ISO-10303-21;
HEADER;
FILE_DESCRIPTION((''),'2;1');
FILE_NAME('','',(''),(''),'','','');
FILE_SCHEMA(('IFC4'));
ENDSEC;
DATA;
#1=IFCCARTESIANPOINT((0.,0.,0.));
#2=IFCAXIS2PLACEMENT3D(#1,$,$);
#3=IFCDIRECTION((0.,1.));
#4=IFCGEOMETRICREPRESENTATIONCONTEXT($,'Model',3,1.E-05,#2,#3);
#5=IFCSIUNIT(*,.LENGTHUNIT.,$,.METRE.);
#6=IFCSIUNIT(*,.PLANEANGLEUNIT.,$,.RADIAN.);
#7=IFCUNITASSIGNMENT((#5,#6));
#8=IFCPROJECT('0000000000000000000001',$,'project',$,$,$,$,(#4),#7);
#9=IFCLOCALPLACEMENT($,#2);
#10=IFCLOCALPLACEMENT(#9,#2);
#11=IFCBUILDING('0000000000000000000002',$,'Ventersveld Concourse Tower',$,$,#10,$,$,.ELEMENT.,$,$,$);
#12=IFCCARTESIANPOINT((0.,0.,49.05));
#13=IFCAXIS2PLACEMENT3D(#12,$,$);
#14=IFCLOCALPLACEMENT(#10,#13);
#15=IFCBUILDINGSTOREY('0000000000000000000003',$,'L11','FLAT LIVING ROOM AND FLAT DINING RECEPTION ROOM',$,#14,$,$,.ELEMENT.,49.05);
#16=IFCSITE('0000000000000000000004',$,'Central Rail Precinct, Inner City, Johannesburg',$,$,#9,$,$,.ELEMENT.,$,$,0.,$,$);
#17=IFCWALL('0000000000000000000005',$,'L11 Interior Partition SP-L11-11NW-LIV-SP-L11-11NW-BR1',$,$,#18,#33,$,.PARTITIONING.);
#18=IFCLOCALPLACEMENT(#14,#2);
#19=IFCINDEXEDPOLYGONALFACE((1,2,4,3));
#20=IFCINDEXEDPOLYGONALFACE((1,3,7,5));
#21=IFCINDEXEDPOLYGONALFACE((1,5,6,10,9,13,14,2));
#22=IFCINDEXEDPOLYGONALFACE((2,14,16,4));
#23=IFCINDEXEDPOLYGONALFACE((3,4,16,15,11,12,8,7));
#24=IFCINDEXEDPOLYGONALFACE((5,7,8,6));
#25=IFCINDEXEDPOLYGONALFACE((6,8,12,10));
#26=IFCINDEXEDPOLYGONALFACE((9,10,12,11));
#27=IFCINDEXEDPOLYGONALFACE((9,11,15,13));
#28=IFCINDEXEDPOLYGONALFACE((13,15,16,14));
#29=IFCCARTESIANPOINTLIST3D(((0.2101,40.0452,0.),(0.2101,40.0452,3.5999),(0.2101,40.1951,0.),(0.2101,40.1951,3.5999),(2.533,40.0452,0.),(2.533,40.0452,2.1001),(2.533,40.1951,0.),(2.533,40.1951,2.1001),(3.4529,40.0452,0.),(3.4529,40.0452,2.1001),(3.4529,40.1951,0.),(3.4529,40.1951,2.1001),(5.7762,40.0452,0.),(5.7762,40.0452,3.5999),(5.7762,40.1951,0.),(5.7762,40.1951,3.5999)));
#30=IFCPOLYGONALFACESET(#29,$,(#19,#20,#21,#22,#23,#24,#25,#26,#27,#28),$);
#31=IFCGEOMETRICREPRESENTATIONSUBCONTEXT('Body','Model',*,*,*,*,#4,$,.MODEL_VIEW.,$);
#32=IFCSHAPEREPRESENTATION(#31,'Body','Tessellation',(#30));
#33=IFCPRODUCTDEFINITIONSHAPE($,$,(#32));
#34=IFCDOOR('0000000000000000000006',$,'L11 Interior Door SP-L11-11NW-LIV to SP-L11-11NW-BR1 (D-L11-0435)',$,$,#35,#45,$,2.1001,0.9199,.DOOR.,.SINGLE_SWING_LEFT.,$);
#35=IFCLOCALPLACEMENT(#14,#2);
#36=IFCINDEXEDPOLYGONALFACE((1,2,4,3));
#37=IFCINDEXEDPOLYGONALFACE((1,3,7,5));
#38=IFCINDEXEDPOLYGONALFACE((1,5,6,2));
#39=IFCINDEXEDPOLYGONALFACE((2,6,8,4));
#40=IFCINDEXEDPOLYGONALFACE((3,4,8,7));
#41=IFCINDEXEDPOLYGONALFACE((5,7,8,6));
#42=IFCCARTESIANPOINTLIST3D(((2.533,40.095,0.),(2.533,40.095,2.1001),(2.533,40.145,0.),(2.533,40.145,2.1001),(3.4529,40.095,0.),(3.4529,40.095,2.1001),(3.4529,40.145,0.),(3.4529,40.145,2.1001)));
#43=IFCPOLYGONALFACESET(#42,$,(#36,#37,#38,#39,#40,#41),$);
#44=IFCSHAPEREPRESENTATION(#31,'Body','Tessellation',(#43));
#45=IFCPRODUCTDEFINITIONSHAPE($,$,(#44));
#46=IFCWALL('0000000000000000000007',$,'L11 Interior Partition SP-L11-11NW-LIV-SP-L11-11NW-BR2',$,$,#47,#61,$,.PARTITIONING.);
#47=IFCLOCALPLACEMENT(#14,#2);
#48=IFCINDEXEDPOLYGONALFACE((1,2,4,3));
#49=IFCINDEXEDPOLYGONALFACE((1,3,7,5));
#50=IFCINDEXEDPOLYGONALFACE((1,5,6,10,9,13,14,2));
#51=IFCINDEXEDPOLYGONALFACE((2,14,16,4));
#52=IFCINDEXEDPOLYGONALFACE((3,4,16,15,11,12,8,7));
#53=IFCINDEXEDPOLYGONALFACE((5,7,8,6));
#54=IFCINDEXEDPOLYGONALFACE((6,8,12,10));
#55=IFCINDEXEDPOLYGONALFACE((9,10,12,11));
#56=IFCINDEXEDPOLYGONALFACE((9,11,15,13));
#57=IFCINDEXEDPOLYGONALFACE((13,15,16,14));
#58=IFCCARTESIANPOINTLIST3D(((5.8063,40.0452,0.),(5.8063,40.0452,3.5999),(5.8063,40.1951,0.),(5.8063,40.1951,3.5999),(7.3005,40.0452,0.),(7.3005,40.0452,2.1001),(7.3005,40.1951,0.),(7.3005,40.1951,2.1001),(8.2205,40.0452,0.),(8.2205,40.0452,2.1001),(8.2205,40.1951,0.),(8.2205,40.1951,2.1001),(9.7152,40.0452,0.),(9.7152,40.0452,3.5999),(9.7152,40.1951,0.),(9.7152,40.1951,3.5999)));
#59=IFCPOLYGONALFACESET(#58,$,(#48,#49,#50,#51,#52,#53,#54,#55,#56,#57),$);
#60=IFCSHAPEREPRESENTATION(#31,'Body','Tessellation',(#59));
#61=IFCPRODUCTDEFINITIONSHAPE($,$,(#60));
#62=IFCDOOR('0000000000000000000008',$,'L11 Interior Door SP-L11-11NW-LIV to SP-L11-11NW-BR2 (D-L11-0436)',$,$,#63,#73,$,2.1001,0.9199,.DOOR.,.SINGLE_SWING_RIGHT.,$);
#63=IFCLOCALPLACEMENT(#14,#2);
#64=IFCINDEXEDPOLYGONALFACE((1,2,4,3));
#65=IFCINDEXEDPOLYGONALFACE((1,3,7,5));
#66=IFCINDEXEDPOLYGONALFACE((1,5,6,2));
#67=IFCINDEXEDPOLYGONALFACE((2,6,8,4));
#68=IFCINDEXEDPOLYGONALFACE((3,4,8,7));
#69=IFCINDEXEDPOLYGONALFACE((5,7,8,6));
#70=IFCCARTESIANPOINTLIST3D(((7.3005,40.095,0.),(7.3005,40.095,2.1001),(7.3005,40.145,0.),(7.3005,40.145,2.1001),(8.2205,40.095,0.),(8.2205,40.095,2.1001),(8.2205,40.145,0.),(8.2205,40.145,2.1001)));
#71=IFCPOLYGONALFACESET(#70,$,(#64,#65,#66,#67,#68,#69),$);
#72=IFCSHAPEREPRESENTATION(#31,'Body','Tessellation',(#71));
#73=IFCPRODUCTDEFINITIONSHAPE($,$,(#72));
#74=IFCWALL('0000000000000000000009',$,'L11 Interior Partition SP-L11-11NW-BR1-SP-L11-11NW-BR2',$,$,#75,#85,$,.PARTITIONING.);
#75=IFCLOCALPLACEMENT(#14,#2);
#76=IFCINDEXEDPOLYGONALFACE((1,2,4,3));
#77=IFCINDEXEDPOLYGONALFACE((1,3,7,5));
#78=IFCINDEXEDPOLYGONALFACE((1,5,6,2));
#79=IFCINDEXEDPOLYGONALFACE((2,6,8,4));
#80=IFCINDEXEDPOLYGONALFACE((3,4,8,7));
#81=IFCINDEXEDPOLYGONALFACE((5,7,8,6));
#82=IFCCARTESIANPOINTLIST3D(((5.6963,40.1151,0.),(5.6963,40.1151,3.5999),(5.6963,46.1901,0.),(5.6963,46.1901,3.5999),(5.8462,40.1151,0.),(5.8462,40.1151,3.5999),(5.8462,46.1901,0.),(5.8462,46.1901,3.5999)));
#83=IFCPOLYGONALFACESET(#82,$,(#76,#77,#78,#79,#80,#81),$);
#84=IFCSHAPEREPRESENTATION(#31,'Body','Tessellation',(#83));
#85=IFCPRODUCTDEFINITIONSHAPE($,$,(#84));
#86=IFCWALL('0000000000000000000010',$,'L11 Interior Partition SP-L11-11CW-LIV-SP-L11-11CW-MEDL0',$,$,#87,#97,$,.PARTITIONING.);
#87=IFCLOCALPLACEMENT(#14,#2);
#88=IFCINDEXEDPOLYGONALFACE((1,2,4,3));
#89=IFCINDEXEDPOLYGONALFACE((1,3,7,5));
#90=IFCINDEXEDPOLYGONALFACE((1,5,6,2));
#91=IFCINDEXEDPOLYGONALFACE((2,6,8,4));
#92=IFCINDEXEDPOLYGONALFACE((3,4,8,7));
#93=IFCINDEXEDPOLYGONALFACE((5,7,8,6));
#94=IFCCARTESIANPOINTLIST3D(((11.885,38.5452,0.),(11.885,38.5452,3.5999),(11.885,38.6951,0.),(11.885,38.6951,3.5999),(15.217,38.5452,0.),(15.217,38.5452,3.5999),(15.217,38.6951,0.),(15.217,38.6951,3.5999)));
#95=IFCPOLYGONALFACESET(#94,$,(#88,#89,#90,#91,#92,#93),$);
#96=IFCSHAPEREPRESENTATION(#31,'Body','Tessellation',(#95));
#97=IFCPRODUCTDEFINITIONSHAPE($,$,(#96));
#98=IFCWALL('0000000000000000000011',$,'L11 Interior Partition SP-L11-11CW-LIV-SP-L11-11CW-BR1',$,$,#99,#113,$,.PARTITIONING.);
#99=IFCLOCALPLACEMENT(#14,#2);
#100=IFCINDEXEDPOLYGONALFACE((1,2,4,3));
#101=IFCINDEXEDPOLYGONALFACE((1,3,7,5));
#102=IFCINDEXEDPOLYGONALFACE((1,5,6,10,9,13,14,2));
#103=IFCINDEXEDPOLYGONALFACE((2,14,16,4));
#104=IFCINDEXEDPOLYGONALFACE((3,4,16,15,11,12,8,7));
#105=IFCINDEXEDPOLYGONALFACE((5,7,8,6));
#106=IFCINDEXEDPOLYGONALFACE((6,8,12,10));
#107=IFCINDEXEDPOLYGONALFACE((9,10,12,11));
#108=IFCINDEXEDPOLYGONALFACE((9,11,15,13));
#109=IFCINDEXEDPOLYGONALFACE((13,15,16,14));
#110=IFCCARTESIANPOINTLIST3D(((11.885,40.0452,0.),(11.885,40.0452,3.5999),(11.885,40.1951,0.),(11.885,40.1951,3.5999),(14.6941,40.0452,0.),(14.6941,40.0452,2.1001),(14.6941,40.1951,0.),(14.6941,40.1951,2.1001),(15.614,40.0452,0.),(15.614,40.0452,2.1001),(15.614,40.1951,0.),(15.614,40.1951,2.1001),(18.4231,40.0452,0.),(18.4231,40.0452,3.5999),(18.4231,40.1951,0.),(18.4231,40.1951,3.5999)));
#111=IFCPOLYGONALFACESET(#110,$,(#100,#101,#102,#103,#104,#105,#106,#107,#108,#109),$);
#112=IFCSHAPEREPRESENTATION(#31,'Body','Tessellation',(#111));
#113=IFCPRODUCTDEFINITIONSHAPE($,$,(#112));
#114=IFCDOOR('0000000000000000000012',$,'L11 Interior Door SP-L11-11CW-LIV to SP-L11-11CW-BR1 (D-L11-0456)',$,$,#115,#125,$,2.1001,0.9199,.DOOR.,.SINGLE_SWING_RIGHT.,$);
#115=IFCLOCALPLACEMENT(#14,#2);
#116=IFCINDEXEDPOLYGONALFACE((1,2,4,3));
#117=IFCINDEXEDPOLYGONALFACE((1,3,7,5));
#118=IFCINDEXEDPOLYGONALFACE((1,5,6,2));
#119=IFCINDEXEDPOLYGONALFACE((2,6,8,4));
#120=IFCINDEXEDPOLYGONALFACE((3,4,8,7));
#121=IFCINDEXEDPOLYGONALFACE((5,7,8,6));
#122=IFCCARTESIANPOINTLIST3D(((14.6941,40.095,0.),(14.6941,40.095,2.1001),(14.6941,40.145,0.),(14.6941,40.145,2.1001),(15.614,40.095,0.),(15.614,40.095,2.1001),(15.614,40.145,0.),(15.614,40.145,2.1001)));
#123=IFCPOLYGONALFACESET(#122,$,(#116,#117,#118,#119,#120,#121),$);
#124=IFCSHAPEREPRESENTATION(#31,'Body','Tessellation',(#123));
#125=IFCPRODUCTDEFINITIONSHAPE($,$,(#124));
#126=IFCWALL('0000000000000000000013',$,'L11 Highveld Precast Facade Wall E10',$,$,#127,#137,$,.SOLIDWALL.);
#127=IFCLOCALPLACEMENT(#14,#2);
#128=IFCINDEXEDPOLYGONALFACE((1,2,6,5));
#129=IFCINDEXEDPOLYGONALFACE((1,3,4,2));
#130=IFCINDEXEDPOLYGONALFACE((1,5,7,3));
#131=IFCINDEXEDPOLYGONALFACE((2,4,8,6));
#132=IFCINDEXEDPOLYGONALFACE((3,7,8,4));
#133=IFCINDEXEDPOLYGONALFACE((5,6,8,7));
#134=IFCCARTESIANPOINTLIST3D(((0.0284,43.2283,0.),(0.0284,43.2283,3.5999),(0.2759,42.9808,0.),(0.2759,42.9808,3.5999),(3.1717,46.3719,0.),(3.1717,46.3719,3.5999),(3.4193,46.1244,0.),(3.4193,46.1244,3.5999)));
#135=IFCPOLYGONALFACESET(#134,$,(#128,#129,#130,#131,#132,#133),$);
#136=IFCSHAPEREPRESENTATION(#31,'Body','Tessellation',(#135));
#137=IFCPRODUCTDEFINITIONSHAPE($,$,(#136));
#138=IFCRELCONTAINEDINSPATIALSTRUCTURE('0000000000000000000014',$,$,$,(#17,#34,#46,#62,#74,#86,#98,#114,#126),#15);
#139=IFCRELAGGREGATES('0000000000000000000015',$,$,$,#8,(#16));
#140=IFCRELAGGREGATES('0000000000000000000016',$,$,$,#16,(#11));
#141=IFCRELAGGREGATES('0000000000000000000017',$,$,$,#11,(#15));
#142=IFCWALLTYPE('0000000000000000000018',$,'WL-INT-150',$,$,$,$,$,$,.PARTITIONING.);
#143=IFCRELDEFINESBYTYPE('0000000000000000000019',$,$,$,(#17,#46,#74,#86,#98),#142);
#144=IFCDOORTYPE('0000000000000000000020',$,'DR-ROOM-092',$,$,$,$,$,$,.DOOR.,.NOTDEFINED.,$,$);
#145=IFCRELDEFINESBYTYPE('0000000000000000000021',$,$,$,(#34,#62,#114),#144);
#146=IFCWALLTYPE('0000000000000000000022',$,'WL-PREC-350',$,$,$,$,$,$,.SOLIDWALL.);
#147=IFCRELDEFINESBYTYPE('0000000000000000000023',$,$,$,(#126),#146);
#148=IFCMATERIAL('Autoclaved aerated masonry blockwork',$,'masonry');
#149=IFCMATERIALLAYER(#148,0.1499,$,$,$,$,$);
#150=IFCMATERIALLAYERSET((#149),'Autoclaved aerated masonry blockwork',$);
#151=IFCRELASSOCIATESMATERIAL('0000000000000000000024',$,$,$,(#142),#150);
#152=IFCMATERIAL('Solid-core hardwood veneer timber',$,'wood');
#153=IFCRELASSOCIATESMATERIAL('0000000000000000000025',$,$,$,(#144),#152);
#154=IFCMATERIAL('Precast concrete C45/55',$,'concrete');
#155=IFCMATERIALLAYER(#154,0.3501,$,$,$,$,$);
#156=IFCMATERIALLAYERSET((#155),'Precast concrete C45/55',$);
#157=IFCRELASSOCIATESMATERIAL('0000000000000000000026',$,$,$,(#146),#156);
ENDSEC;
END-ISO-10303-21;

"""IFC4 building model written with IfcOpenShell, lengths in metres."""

from ifc_helpers import new_model, si_unit, direction, frame, frame_2d, origin, place, context, subcontext, project, spatial, rectangle, extrude, material, layer, layer_set, type_object, element, fill, save


model = new_model("IFC4")

# Units and contexts
model_context = context("Model", 3, precision=1e-05, world=origin(), true_north=direction((0.0, 1.0)))
body_context = subcontext(model_context, "Body", "Model", "MODEL_VIEW")
ifc_project = project(units=[si_unit("LENGTHUNIT", "METRE"), si_unit("PLANEANGLEUNIT", "RADIAN")], contexts=[model_context])

# Site, building, storey
site_placement = place(None, origin())
site = spatial("IfcSite", under=ifc_project, at=site_placement, Name="Central Rail Precinct, Inner City, Johannesburg", CompositionType="ELEMENT", RefElevation=0.0)
building_placement = place(site_placement, origin())
building = spatial("IfcBuilding", under=site, at=building_placement, Name="Ventersveld Concourse Tower", CompositionType="ELEMENT")
storey_placement = place(building_placement, frame((0.0, 0.0, 49.05)))
storey = spatial("IfcBuildingStorey", under=building, at=storey_placement, Name="L11", Description="FLAT LIVING ROOM AND FLAT DINING RECEPTION ROOM", CompositionType="ELEMENT", Elevation=49.05)

# Shared definitions
ifc_material_1 = material(Name="Autoclaved aerated masonry blockwork", Category="masonry")
ifc_layer_1 = layer(ifc_material_1, 0.1499)
ifc_layer_set_1 = layer_set([ifc_layer_1], Name="Autoclaved aerated masonry blockwork")
wall_type_1 = type_object("IfcWallType", Name="WL-INT-150", PredefinedType="PARTITIONING", material=ifc_layer_set_1)

# Walls, openings, doors
wall_1_placement = place(storey_placement, frame((0.21, 40.1201, 0.0), z_axis=(0.0, 0.0, 1.0), x_axis=(1.0, 0.0, 0.0)))
wall_1 = element("IfcWall", 1, at=wall_1_placement, inside=storey, type_object=wall_type_1, Name="L11 Interior Partition SP-L11-11NW-LIV-SP-L11-11NW-BR1", PredefinedType="PARTITIONING", context=body_context, shape_type="SweptSolid", body=[
    extrude(rectangle(XDim=5.5662, YDim=0.1499, at=frame_2d((2.7832, 0.0))), origin(), (0.0, 0.0, 1.0), 3.5999),
])
opening_1_placement = place(wall_1_placement, frame((2.323, 0.0, 0.0)))
opening_1 = element("IfcOpeningElement", 2, at=opening_1_placement, cuts=wall_1, PredefinedType="OPENING", context=body_context, shape_type="SweptSolid", body=[
    extrude(rectangle(XDim=0.9199, YDim=2.1001, at=frame_2d((0.46, 1.05))), frame((0.0, 0.085, 0.0), z_axis=(0.0, -1.0, 0.0), x_axis=(1.0, 0.0, 0.0)), (0.0, 0.0, 1.0), 0.1699),
])
ifc_material_2 = material(Name="Solid-core hardwood veneer timber", Category="wood")
door_type = type_object("IfcDoorType", Name="DR-ROOM-092", OperationType="NOTDEFINED", PredefinedType="DOOR", material=ifc_material_2)
door_1_placement = place(opening_1_placement, origin())
door_1 = element("IfcDoor", 3, at=door_1_placement, inside=storey, type_object=door_type, Name="L11 Interior Door SP-L11-11NW-LIV to SP-L11-11NW-BR1 (D-L11-0435)", OperationType="SINGLE_SWING_LEFT", OverallHeight=2.1001, OverallWidth=0.9199, PredefinedType="DOOR", context=body_context, shape_type="SweptSolid", body=[
    extrude(rectangle(XDim=0.9199, YDim=2.1001, at=frame_2d((0.46, 1.05))), frame((0.0, 0.0249, 0.0), z_axis=(0.0, -1.0, 0.0), x_axis=(1.0, 0.0, 0.0)), (0.0, 0.0, 1.0), 0.05),
])
fill(opening_1, door_1)
wall_2_placement = place(storey_placement, frame((5.8062, 40.1201, 0.0), z_axis=(0.0, 0.0, 1.0), x_axis=(1.0, 0.0, 0.0)))
wall_2 = element("IfcWall", 4, at=wall_2_placement, inside=storey, type_object=wall_type_1, Name="L11 Interior Partition SP-L11-11NW-LIV-SP-L11-11NW-BR2", PredefinedType="PARTITIONING", context=body_context, shape_type="SweptSolid", body=[
    extrude(rectangle(XDim=3.9089, YDim=0.1499, at=frame_2d((1.9546, 0.0))), origin(), (0.0, 0.0, 1.0), 3.5999),
])
opening_2_placement = place(wall_2_placement, frame((1.4944, 0.0, 0.0)))
opening_2 = element("IfcOpeningElement", 5, at=opening_2_placement, cuts=wall_2, PredefinedType="OPENING", context=body_context, shape_type="SweptSolid", body=[
    extrude(rectangle(XDim=0.9199, YDim=2.1001, at=frame_2d((0.46, 1.05))), frame((0.0, 0.085, 0.0), z_axis=(0.0, -1.0, 0.0), x_axis=(1.0, 0.0, 0.0)), (0.0, 0.0, 1.0), 0.1699),
])
door_2_placement = place(opening_2_placement, origin())
door_2 = element("IfcDoor", 6, at=door_2_placement, inside=storey, type_object=door_type, Name="L11 Interior Door SP-L11-11NW-LIV to SP-L11-11NW-BR2 (D-L11-0436)", OperationType="SINGLE_SWING_RIGHT", OverallHeight=2.1001, OverallWidth=0.9199, PredefinedType="DOOR", context=body_context, shape_type="SweptSolid", body=[
    extrude(rectangle(XDim=0.9199, YDim=2.1001, at=frame_2d((0.46, 1.05))), frame((0.0, 0.0249, 0.0), z_axis=(0.0, -1.0, 0.0), x_axis=(1.0, 0.0, 0.0)), (0.0, 0.0, 1.0), 0.05),
])
fill(opening_2, door_2)

# Walls
wall_3_placement = place(storey_placement, frame((5.7712, 40.115, 0.0), z_axis=(0.0, 0.0, 1.0), x_axis=(0.0, 1.0, 0.0)))
element("IfcWall", 7, at=wall_3_placement, inside=storey, type_object=wall_type_1, Name="L11 Interior Partition SP-L11-11NW-BR1-SP-L11-11NW-BR2", PredefinedType="PARTITIONING", context=body_context, shape_type="SweptSolid", body=[
    extrude(rectangle(XDim=6.075, YDim=0.1499, at=frame_2d((3.0376, 0.0))), origin(), (0.0, 0.0, 1.0), 3.5999),
])
wall_4_placement = place(storey_placement, frame((11.885, 38.6201, 0.0), z_axis=(0.0, 0.0, 1.0), x_axis=(1.0, 0.0, 0.0)))
element("IfcWall", 8, at=wall_4_placement, inside=storey, type_object=wall_type_1, Name="L11 Interior Partition SP-L11-11CW-LIV-SP-L11-11CW-MEDL0", PredefinedType="PARTITIONING", context=body_context, shape_type="SweptSolid", body=[
    extrude(rectangle(XDim=3.332, YDim=0.1499, at=frame_2d((1.666, 0.0))), origin(), (0.0, 0.0, 1.0), 3.5999),
])

# Wall, opening, door
wall_5_placement = place(storey_placement, frame((11.885, 40.1201, 0.0), z_axis=(0.0, 0.0, 1.0), x_axis=(1.0, 0.0, 0.0)))
wall_5 = element("IfcWall", 9, at=wall_5_placement, inside=storey, type_object=wall_type_1, Name="L11 Interior Partition SP-L11-11CW-LIV-SP-L11-11CW-BR1", PredefinedType="PARTITIONING", context=body_context, shape_type="SweptSolid", body=[
    extrude(rectangle(XDim=6.5381, YDim=0.1499, at=frame_2d((3.269, 0.0))), origin(), (0.0, 0.0, 1.0), 3.5999),
])
opening_3_placement = place(wall_5_placement, frame((2.8091, 0.0, 0.0)))
opening_3 = element("IfcOpeningElement", 10, at=opening_3_placement, cuts=wall_5, PredefinedType="OPENING", context=body_context, shape_type="SweptSolid", body=[
    extrude(rectangle(XDim=0.9199, YDim=2.1001, at=frame_2d((0.46, 1.05))), frame((0.0, 0.085, 0.0), z_axis=(0.0, -1.0, 0.0), x_axis=(1.0, 0.0, 0.0)), (0.0, 0.0, 1.0), 0.1699),
])
door_3_placement = place(opening_3_placement, origin())
door_3 = element("IfcDoor", 11, at=door_3_placement, inside=storey, type_object=door_type, Name="L11 Interior Door SP-L11-11CW-LIV to SP-L11-11CW-BR1 (D-L11-0456)", OperationType="SINGLE_SWING_RIGHT", OverallHeight=2.1001, OverallWidth=0.9199, PredefinedType="DOOR", context=body_context, shape_type="SweptSolid", body=[
    extrude(rectangle(XDim=0.9199, YDim=2.1001, at=frame_2d((0.46, 1.05))), frame((0.0, 0.0249, 0.0), z_axis=(0.0, -1.0, 0.0), x_axis=(1.0, 0.0, 0.0)), (0.0, 0.0, 1.0), 0.05),
])
fill(opening_3, door_3)

# Wall
ifc_material_3 = material(Name="Precast concrete C45/55", Category="concrete")
ifc_layer_2 = layer(ifc_material_3, 0.3501)
ifc_layer_set_2 = layer_set([ifc_layer_2], Name="Precast concrete C45/55")
wall_type_2 = type_object("IfcWallType", Name="WL-PREC-350", PredefinedType="SOLIDWALL", material=ifc_layer_set_2)
wall_6_placement = place(storey_placement, frame((3.2954, 46.248, 0.0), z_axis=(0.0, 0.0, 1.0), x_axis=(-0.707079, -0.707134, 0.0)))
element("IfcWall", 12, at=wall_6_placement, inside=storey, type_object=wall_type_2, Name="L11 Highveld Precast Facade Wall E10", PredefinedType="SOLIDWALL", context=body_context, shape_type="SweptSolid", body=[
    extrude(rectangle(XDim=4.4456, YDim=0.3501, at=frame_2d((2.2227, 0.0))), origin(), (0.0, 0.0, 1.0), 3.5999),
])

save(model, "model.ifc")
